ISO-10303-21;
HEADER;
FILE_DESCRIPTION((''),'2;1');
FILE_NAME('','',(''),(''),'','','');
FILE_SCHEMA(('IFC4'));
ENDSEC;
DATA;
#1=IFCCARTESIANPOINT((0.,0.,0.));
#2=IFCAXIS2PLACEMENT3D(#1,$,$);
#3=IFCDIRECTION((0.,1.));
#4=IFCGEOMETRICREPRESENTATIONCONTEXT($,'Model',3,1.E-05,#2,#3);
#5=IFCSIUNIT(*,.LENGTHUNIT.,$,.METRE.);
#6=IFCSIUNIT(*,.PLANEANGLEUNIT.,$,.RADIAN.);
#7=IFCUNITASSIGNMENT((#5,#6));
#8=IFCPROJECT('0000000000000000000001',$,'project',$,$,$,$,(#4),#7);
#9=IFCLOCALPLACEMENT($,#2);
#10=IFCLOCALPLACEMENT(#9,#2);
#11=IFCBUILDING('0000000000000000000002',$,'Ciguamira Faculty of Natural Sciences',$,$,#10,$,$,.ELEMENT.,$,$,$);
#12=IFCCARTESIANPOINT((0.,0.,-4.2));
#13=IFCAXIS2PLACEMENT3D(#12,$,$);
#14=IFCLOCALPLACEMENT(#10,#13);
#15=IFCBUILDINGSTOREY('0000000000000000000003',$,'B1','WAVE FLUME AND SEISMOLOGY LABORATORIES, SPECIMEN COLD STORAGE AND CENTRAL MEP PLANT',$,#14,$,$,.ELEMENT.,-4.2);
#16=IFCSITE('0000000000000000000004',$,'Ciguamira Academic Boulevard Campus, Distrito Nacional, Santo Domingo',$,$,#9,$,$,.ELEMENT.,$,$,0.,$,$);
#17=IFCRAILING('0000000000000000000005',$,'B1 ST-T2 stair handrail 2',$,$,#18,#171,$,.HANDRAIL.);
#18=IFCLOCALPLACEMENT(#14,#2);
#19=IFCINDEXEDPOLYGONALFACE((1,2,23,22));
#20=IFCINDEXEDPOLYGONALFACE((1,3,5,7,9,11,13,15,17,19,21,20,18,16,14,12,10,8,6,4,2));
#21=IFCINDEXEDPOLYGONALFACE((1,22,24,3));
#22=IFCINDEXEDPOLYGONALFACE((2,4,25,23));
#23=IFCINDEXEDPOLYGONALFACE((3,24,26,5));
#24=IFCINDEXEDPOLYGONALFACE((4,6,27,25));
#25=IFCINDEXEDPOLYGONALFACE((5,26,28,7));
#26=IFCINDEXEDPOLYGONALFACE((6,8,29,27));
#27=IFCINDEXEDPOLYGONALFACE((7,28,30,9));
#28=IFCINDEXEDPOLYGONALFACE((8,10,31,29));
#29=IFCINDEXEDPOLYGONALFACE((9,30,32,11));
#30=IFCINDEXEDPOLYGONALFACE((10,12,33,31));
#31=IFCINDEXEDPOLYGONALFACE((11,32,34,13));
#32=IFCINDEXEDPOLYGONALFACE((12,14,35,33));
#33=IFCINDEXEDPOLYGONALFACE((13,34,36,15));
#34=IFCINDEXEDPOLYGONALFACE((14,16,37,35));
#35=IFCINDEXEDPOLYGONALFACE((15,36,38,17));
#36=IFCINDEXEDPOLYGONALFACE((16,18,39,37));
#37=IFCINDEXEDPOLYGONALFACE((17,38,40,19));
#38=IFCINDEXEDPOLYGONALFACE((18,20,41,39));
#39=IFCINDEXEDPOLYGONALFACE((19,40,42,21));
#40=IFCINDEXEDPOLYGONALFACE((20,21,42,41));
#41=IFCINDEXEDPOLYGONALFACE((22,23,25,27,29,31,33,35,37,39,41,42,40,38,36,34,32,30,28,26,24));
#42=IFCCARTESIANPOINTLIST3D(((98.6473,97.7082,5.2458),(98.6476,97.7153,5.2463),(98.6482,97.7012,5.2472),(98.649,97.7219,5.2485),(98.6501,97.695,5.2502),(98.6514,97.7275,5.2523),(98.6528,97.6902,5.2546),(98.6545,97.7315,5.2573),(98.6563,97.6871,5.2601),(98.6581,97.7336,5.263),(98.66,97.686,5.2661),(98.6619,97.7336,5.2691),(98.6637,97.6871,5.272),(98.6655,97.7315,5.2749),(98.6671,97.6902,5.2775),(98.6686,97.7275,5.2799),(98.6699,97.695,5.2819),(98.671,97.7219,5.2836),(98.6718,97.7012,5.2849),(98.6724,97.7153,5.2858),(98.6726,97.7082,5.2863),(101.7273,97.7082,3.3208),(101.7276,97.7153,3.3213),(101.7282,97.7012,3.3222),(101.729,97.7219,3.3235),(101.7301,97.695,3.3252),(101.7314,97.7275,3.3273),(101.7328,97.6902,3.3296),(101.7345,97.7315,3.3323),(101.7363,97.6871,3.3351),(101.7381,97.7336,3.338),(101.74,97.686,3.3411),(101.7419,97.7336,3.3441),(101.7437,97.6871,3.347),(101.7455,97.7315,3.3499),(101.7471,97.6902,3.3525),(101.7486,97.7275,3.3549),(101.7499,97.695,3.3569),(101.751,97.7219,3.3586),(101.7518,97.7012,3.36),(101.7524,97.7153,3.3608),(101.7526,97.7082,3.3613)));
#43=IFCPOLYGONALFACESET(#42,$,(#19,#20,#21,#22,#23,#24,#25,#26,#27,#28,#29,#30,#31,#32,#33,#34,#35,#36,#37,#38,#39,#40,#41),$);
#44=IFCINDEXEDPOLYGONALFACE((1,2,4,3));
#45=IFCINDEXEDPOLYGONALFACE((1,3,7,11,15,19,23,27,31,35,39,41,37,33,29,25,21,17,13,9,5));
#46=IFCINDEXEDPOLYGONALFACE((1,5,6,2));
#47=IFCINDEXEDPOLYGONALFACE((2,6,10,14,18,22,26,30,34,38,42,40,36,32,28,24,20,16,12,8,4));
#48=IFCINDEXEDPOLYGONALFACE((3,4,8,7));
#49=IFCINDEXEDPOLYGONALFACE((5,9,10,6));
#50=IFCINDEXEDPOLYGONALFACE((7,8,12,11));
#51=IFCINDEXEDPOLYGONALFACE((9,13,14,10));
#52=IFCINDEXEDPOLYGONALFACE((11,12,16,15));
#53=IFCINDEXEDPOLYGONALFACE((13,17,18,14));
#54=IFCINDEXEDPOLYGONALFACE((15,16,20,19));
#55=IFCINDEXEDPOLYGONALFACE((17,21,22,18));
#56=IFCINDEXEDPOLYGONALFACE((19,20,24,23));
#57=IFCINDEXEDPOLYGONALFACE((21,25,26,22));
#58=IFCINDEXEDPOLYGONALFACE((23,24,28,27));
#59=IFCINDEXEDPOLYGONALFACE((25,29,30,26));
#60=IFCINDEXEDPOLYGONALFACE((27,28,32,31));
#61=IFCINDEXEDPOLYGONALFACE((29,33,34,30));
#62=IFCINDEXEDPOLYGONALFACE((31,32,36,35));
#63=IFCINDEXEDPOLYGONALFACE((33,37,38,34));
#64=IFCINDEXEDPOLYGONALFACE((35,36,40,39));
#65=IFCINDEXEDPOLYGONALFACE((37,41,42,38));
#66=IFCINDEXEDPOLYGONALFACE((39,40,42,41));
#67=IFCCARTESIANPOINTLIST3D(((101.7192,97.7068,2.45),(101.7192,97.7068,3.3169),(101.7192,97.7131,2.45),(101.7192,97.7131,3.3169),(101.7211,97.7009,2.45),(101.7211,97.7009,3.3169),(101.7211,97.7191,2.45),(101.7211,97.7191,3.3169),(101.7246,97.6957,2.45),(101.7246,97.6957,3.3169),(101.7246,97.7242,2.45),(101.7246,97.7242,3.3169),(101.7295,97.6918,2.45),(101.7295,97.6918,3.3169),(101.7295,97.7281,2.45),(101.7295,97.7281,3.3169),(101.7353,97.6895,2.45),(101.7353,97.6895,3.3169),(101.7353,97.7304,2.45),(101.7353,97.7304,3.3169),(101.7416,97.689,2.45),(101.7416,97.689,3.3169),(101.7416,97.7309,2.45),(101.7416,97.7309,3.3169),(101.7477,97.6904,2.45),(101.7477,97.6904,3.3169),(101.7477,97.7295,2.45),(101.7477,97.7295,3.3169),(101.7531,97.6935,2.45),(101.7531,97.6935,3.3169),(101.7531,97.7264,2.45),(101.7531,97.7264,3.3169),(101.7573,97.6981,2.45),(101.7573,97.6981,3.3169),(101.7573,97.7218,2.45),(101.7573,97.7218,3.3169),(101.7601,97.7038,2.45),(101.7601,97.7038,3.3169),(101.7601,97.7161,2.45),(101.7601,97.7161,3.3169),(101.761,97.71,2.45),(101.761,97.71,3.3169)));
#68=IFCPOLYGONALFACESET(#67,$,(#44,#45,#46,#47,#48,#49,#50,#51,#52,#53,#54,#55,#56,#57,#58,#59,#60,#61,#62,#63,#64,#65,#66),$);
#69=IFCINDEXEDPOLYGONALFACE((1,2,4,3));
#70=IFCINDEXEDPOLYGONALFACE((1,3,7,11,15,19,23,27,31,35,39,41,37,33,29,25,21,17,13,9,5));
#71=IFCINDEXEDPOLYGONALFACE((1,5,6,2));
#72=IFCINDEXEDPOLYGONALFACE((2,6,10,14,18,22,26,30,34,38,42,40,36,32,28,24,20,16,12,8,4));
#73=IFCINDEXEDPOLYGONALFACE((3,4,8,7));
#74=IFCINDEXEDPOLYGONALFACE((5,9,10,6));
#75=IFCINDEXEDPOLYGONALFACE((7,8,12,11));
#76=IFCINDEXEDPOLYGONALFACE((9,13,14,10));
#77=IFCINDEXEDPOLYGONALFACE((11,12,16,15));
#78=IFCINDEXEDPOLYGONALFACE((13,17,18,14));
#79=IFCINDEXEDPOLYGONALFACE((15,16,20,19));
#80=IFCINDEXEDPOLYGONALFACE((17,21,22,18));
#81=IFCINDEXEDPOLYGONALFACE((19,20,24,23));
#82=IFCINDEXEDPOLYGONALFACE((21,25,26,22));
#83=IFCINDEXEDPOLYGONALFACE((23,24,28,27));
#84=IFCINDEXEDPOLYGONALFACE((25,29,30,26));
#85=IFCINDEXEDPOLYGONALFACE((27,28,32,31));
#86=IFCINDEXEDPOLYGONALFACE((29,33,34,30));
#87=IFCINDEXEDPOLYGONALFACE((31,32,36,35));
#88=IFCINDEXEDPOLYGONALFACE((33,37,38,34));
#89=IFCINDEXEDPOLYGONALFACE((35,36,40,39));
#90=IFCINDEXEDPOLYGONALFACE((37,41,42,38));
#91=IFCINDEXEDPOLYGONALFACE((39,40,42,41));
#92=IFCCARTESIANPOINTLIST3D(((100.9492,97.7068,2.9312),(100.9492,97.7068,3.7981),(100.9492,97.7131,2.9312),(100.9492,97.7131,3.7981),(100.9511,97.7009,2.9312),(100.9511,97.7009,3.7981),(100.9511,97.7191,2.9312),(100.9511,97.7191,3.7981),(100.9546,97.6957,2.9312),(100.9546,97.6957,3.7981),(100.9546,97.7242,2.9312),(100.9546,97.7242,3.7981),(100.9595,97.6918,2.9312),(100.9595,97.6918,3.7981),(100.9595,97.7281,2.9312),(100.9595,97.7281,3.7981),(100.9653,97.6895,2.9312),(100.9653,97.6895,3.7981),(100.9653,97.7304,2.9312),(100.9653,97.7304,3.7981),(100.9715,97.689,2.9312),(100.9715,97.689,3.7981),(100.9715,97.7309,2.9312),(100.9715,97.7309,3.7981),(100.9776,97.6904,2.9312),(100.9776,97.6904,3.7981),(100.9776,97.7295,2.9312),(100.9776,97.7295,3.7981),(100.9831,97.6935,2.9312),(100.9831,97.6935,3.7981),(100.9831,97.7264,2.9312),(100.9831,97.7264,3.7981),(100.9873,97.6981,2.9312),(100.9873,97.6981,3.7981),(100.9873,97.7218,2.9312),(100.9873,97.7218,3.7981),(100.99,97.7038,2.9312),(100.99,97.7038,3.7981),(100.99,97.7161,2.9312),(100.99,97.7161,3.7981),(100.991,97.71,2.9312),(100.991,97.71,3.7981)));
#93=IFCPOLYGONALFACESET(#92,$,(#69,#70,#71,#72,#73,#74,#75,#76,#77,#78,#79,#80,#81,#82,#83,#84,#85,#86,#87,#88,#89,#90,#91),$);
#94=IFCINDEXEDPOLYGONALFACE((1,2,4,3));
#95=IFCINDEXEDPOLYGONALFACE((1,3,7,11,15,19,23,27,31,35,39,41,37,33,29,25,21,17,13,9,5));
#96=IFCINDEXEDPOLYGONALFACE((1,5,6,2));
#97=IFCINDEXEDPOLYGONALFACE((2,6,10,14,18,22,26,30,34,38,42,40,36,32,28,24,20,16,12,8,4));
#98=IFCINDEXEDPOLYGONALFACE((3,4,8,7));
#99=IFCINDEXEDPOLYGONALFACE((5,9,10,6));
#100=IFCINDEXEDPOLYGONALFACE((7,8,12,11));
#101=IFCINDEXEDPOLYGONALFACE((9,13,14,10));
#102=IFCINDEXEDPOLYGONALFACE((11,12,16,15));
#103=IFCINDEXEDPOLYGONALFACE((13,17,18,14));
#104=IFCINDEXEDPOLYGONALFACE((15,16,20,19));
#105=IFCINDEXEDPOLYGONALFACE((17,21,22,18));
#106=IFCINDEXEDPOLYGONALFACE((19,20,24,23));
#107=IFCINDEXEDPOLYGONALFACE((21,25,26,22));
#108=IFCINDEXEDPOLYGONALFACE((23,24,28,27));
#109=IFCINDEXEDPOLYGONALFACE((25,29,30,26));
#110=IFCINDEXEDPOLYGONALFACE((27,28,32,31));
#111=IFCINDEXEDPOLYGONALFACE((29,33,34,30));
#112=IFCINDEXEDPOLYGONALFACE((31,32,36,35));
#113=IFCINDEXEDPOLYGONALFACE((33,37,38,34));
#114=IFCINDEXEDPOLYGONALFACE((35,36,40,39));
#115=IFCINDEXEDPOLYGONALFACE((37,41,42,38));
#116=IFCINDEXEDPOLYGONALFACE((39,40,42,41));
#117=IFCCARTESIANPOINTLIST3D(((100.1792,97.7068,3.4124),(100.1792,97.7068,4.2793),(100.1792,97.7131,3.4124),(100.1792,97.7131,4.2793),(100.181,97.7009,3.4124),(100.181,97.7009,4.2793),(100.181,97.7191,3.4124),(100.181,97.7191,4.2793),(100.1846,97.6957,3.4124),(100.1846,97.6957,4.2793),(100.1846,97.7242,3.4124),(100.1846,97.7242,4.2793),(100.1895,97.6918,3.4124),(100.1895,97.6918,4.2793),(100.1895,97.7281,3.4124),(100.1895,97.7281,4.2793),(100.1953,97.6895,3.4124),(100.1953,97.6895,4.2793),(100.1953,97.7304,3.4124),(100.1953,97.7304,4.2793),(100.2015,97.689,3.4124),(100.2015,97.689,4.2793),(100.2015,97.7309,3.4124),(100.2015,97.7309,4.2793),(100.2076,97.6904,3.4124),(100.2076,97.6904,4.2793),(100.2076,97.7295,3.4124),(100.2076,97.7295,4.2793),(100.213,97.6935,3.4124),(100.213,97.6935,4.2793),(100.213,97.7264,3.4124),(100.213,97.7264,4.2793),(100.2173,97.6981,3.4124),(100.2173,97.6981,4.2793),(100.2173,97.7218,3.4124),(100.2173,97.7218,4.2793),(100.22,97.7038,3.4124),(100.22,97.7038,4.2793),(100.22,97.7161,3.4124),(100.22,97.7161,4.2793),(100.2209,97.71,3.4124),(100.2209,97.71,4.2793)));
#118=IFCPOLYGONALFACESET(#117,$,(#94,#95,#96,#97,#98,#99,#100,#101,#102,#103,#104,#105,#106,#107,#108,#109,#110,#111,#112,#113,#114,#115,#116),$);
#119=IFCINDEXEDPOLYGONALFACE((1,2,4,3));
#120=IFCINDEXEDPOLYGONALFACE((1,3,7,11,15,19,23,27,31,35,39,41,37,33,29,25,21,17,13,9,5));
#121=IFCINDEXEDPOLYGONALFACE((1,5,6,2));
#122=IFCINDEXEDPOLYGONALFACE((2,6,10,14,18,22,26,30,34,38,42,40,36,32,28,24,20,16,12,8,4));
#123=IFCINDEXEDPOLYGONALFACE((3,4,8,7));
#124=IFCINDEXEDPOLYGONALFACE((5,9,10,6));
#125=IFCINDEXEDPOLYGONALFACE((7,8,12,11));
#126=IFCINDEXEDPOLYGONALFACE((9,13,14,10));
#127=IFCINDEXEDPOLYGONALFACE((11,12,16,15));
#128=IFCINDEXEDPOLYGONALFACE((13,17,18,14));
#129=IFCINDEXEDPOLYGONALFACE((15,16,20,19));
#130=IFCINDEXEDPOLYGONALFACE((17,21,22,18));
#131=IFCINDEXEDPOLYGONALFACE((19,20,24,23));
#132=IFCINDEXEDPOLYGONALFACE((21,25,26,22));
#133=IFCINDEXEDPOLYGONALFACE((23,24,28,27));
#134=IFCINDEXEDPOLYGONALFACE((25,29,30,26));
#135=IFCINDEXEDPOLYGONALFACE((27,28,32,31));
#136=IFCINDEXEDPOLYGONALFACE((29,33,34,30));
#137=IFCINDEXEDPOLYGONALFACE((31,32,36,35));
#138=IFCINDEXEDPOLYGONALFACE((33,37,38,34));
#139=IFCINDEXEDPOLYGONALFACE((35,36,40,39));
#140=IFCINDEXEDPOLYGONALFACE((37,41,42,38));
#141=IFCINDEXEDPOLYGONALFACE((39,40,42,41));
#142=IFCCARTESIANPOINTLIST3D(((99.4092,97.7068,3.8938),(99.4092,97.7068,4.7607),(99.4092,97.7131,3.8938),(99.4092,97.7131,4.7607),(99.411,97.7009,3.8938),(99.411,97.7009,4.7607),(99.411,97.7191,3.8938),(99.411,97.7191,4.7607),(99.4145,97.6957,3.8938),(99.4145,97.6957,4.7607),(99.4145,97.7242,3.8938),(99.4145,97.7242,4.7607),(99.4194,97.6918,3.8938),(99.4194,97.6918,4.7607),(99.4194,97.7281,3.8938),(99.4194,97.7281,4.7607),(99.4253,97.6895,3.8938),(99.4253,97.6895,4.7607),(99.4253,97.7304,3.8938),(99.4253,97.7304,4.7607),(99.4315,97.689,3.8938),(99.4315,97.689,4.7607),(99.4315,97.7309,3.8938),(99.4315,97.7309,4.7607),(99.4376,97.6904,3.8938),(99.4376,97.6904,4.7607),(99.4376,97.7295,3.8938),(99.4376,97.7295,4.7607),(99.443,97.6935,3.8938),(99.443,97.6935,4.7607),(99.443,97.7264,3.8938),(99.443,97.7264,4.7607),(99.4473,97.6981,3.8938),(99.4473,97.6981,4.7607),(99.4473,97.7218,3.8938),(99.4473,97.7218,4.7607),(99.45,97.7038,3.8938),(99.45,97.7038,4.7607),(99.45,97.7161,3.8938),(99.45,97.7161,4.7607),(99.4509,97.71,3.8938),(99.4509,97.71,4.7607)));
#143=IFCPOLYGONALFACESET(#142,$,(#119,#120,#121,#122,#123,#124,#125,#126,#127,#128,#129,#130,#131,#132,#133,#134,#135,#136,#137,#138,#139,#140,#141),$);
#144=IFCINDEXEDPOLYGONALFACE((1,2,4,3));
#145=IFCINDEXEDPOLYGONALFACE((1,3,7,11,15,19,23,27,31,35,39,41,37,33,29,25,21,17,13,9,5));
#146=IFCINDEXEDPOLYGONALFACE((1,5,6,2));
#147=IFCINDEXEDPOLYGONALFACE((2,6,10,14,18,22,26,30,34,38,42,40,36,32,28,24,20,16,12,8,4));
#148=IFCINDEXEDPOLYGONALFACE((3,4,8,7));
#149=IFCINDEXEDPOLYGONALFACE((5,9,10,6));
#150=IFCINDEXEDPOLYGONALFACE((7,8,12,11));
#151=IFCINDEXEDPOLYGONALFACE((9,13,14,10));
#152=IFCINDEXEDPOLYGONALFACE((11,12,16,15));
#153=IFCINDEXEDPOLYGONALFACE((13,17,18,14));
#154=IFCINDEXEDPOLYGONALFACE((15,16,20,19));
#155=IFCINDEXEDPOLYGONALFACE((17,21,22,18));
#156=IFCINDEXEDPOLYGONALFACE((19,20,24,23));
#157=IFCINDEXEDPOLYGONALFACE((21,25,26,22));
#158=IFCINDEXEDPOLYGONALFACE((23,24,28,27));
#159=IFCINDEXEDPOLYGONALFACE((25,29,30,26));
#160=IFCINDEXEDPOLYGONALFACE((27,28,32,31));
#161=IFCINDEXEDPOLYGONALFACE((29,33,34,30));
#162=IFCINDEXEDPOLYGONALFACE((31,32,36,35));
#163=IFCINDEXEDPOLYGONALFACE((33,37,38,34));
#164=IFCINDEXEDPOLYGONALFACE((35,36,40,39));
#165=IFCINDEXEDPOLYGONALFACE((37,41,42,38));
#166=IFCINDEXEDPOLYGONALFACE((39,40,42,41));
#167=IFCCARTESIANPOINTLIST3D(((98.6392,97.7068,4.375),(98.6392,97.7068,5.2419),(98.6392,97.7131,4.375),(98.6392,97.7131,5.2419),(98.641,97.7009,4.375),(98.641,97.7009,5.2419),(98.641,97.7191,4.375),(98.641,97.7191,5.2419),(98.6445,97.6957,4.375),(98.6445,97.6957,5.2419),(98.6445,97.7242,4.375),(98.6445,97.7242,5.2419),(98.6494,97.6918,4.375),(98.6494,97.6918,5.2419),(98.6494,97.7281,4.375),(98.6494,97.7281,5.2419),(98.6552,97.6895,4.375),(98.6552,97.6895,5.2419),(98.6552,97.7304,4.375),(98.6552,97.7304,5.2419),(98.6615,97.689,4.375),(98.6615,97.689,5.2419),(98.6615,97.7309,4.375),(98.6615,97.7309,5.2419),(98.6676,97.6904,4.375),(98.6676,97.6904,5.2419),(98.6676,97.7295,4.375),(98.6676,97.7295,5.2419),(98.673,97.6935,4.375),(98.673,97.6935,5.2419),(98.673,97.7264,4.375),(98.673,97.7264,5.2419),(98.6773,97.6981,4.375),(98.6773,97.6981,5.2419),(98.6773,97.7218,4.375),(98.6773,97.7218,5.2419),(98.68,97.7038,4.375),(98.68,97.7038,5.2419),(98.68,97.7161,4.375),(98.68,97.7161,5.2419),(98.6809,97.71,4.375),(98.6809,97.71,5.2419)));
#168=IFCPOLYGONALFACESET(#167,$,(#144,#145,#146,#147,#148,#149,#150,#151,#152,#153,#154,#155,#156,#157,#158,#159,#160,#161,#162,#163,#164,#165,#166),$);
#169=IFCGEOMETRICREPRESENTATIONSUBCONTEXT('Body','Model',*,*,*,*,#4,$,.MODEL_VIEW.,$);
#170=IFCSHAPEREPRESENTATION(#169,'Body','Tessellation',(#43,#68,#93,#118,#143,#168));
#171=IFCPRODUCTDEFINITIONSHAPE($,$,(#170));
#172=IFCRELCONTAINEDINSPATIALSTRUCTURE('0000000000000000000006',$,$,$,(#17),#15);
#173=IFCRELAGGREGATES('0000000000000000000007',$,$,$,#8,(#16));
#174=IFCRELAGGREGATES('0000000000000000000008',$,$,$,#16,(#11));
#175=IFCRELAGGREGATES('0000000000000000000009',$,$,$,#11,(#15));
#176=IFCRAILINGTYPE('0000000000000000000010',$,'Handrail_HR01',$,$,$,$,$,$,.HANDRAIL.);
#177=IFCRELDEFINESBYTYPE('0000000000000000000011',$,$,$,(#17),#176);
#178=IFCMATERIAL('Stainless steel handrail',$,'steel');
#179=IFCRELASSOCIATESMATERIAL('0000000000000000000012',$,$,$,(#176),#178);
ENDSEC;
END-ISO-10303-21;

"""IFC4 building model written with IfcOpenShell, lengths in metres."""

from ifc_helpers import new_model, si_unit, direction, frame, origin, origin_2d, place, context, subcontext, project, spatial, circle, extrude, material, type_object, element, save


model = new_model("IFC4")

# Units and contexts
model_context = context("Model", 3, precision=1e-05, world=origin(), true_north=direction((0.0, 1.0)))
body_context = subcontext(model_context, "Body", "Model", "MODEL_VIEW")
ifc_project = project(units=[si_unit("LENGTHUNIT", "METRE"), si_unit("PLANEANGLEUNIT", "RADIAN")], contexts=[model_context])

# Site, building, storey
site_placement = place(None, origin())
site = spatial("IfcSite", under=ifc_project, at=site_placement, Name="Ciguamira Academic Boulevard Campus, Distrito Nacional, Santo Domingo", CompositionType="ELEMENT", RefElevation=0.0)
building_placement = place(site_placement, origin())
building = spatial("IfcBuilding", under=site, at=building_placement, Name="Ciguamira Faculty of Natural Sciences", CompositionType="ELEMENT")
storey_placement = place(building_placement, frame((0.0, 0.0, -4.2)))
storey = spatial("IfcBuildingStorey", under=building, at=storey_placement, Name="B1", Description="WAVE FLUME AND SEISMOLOGY LABORATORIES, SPECIMEN COLD STORAGE AND CENTRAL MEP PLANT", CompositionType="ELEMENT", Elevation=-4.2)

# Railing
ifc_material_1 = material(Name="Stainless steel handrail", Category="steel")
railing_type_1 = type_object("IfcRailingType", Name="Handrail_HR01", PredefinedType="HANDRAIL", material=ifc_material_1)
railing_1_placement = place(storey_placement, frame((101.74, 97.71, 2.45)))
element("IfcRailing", 1, at=railing_1_placement, inside=storey, type_object=railing_type_1, Name="B1 ST-T2 stair handrail 2", PredefinedType="HANDRAIL", context=body_context, shape_type="SweptSolid", body=[
    extrude(circle(Radius=0.0239, at=origin_2d()), frame((0.0, 0.0, 0.8911), z_axis=(-0.847998, 0.0, 0.529999), x_axis=(0.0, -1.0, 0.0)), (0.0, 0.0, 1.0), 3.6321),
    extrude(circle(Radius=0.021, at=origin_2d()), origin(), (0.0, 0.0, 1.0), 0.8669),
    extrude(circle(Radius=0.021, at=origin_2d()), frame((-0.77, 0.0, 0.4812)), (0.0, 0.0, 1.0), 0.8669),
    extrude(circle(Radius=0.021, at=origin_2d()), frame((-1.54, 0.0, 0.9624)), (0.0, 0.0, 1.0), 0.8669),
    extrude(circle(Radius=0.021, at=origin_2d()), frame((-2.3101, 0.0, 1.4438)), (0.0, 0.0, 1.0), 0.8669),
    extrude(circle(Radius=0.021, at=origin_2d()), frame((-3.0801, 0.0, 1.925)), (0.0, 0.0, 1.0), 0.8669),
])

save(model, "model.ifc")
